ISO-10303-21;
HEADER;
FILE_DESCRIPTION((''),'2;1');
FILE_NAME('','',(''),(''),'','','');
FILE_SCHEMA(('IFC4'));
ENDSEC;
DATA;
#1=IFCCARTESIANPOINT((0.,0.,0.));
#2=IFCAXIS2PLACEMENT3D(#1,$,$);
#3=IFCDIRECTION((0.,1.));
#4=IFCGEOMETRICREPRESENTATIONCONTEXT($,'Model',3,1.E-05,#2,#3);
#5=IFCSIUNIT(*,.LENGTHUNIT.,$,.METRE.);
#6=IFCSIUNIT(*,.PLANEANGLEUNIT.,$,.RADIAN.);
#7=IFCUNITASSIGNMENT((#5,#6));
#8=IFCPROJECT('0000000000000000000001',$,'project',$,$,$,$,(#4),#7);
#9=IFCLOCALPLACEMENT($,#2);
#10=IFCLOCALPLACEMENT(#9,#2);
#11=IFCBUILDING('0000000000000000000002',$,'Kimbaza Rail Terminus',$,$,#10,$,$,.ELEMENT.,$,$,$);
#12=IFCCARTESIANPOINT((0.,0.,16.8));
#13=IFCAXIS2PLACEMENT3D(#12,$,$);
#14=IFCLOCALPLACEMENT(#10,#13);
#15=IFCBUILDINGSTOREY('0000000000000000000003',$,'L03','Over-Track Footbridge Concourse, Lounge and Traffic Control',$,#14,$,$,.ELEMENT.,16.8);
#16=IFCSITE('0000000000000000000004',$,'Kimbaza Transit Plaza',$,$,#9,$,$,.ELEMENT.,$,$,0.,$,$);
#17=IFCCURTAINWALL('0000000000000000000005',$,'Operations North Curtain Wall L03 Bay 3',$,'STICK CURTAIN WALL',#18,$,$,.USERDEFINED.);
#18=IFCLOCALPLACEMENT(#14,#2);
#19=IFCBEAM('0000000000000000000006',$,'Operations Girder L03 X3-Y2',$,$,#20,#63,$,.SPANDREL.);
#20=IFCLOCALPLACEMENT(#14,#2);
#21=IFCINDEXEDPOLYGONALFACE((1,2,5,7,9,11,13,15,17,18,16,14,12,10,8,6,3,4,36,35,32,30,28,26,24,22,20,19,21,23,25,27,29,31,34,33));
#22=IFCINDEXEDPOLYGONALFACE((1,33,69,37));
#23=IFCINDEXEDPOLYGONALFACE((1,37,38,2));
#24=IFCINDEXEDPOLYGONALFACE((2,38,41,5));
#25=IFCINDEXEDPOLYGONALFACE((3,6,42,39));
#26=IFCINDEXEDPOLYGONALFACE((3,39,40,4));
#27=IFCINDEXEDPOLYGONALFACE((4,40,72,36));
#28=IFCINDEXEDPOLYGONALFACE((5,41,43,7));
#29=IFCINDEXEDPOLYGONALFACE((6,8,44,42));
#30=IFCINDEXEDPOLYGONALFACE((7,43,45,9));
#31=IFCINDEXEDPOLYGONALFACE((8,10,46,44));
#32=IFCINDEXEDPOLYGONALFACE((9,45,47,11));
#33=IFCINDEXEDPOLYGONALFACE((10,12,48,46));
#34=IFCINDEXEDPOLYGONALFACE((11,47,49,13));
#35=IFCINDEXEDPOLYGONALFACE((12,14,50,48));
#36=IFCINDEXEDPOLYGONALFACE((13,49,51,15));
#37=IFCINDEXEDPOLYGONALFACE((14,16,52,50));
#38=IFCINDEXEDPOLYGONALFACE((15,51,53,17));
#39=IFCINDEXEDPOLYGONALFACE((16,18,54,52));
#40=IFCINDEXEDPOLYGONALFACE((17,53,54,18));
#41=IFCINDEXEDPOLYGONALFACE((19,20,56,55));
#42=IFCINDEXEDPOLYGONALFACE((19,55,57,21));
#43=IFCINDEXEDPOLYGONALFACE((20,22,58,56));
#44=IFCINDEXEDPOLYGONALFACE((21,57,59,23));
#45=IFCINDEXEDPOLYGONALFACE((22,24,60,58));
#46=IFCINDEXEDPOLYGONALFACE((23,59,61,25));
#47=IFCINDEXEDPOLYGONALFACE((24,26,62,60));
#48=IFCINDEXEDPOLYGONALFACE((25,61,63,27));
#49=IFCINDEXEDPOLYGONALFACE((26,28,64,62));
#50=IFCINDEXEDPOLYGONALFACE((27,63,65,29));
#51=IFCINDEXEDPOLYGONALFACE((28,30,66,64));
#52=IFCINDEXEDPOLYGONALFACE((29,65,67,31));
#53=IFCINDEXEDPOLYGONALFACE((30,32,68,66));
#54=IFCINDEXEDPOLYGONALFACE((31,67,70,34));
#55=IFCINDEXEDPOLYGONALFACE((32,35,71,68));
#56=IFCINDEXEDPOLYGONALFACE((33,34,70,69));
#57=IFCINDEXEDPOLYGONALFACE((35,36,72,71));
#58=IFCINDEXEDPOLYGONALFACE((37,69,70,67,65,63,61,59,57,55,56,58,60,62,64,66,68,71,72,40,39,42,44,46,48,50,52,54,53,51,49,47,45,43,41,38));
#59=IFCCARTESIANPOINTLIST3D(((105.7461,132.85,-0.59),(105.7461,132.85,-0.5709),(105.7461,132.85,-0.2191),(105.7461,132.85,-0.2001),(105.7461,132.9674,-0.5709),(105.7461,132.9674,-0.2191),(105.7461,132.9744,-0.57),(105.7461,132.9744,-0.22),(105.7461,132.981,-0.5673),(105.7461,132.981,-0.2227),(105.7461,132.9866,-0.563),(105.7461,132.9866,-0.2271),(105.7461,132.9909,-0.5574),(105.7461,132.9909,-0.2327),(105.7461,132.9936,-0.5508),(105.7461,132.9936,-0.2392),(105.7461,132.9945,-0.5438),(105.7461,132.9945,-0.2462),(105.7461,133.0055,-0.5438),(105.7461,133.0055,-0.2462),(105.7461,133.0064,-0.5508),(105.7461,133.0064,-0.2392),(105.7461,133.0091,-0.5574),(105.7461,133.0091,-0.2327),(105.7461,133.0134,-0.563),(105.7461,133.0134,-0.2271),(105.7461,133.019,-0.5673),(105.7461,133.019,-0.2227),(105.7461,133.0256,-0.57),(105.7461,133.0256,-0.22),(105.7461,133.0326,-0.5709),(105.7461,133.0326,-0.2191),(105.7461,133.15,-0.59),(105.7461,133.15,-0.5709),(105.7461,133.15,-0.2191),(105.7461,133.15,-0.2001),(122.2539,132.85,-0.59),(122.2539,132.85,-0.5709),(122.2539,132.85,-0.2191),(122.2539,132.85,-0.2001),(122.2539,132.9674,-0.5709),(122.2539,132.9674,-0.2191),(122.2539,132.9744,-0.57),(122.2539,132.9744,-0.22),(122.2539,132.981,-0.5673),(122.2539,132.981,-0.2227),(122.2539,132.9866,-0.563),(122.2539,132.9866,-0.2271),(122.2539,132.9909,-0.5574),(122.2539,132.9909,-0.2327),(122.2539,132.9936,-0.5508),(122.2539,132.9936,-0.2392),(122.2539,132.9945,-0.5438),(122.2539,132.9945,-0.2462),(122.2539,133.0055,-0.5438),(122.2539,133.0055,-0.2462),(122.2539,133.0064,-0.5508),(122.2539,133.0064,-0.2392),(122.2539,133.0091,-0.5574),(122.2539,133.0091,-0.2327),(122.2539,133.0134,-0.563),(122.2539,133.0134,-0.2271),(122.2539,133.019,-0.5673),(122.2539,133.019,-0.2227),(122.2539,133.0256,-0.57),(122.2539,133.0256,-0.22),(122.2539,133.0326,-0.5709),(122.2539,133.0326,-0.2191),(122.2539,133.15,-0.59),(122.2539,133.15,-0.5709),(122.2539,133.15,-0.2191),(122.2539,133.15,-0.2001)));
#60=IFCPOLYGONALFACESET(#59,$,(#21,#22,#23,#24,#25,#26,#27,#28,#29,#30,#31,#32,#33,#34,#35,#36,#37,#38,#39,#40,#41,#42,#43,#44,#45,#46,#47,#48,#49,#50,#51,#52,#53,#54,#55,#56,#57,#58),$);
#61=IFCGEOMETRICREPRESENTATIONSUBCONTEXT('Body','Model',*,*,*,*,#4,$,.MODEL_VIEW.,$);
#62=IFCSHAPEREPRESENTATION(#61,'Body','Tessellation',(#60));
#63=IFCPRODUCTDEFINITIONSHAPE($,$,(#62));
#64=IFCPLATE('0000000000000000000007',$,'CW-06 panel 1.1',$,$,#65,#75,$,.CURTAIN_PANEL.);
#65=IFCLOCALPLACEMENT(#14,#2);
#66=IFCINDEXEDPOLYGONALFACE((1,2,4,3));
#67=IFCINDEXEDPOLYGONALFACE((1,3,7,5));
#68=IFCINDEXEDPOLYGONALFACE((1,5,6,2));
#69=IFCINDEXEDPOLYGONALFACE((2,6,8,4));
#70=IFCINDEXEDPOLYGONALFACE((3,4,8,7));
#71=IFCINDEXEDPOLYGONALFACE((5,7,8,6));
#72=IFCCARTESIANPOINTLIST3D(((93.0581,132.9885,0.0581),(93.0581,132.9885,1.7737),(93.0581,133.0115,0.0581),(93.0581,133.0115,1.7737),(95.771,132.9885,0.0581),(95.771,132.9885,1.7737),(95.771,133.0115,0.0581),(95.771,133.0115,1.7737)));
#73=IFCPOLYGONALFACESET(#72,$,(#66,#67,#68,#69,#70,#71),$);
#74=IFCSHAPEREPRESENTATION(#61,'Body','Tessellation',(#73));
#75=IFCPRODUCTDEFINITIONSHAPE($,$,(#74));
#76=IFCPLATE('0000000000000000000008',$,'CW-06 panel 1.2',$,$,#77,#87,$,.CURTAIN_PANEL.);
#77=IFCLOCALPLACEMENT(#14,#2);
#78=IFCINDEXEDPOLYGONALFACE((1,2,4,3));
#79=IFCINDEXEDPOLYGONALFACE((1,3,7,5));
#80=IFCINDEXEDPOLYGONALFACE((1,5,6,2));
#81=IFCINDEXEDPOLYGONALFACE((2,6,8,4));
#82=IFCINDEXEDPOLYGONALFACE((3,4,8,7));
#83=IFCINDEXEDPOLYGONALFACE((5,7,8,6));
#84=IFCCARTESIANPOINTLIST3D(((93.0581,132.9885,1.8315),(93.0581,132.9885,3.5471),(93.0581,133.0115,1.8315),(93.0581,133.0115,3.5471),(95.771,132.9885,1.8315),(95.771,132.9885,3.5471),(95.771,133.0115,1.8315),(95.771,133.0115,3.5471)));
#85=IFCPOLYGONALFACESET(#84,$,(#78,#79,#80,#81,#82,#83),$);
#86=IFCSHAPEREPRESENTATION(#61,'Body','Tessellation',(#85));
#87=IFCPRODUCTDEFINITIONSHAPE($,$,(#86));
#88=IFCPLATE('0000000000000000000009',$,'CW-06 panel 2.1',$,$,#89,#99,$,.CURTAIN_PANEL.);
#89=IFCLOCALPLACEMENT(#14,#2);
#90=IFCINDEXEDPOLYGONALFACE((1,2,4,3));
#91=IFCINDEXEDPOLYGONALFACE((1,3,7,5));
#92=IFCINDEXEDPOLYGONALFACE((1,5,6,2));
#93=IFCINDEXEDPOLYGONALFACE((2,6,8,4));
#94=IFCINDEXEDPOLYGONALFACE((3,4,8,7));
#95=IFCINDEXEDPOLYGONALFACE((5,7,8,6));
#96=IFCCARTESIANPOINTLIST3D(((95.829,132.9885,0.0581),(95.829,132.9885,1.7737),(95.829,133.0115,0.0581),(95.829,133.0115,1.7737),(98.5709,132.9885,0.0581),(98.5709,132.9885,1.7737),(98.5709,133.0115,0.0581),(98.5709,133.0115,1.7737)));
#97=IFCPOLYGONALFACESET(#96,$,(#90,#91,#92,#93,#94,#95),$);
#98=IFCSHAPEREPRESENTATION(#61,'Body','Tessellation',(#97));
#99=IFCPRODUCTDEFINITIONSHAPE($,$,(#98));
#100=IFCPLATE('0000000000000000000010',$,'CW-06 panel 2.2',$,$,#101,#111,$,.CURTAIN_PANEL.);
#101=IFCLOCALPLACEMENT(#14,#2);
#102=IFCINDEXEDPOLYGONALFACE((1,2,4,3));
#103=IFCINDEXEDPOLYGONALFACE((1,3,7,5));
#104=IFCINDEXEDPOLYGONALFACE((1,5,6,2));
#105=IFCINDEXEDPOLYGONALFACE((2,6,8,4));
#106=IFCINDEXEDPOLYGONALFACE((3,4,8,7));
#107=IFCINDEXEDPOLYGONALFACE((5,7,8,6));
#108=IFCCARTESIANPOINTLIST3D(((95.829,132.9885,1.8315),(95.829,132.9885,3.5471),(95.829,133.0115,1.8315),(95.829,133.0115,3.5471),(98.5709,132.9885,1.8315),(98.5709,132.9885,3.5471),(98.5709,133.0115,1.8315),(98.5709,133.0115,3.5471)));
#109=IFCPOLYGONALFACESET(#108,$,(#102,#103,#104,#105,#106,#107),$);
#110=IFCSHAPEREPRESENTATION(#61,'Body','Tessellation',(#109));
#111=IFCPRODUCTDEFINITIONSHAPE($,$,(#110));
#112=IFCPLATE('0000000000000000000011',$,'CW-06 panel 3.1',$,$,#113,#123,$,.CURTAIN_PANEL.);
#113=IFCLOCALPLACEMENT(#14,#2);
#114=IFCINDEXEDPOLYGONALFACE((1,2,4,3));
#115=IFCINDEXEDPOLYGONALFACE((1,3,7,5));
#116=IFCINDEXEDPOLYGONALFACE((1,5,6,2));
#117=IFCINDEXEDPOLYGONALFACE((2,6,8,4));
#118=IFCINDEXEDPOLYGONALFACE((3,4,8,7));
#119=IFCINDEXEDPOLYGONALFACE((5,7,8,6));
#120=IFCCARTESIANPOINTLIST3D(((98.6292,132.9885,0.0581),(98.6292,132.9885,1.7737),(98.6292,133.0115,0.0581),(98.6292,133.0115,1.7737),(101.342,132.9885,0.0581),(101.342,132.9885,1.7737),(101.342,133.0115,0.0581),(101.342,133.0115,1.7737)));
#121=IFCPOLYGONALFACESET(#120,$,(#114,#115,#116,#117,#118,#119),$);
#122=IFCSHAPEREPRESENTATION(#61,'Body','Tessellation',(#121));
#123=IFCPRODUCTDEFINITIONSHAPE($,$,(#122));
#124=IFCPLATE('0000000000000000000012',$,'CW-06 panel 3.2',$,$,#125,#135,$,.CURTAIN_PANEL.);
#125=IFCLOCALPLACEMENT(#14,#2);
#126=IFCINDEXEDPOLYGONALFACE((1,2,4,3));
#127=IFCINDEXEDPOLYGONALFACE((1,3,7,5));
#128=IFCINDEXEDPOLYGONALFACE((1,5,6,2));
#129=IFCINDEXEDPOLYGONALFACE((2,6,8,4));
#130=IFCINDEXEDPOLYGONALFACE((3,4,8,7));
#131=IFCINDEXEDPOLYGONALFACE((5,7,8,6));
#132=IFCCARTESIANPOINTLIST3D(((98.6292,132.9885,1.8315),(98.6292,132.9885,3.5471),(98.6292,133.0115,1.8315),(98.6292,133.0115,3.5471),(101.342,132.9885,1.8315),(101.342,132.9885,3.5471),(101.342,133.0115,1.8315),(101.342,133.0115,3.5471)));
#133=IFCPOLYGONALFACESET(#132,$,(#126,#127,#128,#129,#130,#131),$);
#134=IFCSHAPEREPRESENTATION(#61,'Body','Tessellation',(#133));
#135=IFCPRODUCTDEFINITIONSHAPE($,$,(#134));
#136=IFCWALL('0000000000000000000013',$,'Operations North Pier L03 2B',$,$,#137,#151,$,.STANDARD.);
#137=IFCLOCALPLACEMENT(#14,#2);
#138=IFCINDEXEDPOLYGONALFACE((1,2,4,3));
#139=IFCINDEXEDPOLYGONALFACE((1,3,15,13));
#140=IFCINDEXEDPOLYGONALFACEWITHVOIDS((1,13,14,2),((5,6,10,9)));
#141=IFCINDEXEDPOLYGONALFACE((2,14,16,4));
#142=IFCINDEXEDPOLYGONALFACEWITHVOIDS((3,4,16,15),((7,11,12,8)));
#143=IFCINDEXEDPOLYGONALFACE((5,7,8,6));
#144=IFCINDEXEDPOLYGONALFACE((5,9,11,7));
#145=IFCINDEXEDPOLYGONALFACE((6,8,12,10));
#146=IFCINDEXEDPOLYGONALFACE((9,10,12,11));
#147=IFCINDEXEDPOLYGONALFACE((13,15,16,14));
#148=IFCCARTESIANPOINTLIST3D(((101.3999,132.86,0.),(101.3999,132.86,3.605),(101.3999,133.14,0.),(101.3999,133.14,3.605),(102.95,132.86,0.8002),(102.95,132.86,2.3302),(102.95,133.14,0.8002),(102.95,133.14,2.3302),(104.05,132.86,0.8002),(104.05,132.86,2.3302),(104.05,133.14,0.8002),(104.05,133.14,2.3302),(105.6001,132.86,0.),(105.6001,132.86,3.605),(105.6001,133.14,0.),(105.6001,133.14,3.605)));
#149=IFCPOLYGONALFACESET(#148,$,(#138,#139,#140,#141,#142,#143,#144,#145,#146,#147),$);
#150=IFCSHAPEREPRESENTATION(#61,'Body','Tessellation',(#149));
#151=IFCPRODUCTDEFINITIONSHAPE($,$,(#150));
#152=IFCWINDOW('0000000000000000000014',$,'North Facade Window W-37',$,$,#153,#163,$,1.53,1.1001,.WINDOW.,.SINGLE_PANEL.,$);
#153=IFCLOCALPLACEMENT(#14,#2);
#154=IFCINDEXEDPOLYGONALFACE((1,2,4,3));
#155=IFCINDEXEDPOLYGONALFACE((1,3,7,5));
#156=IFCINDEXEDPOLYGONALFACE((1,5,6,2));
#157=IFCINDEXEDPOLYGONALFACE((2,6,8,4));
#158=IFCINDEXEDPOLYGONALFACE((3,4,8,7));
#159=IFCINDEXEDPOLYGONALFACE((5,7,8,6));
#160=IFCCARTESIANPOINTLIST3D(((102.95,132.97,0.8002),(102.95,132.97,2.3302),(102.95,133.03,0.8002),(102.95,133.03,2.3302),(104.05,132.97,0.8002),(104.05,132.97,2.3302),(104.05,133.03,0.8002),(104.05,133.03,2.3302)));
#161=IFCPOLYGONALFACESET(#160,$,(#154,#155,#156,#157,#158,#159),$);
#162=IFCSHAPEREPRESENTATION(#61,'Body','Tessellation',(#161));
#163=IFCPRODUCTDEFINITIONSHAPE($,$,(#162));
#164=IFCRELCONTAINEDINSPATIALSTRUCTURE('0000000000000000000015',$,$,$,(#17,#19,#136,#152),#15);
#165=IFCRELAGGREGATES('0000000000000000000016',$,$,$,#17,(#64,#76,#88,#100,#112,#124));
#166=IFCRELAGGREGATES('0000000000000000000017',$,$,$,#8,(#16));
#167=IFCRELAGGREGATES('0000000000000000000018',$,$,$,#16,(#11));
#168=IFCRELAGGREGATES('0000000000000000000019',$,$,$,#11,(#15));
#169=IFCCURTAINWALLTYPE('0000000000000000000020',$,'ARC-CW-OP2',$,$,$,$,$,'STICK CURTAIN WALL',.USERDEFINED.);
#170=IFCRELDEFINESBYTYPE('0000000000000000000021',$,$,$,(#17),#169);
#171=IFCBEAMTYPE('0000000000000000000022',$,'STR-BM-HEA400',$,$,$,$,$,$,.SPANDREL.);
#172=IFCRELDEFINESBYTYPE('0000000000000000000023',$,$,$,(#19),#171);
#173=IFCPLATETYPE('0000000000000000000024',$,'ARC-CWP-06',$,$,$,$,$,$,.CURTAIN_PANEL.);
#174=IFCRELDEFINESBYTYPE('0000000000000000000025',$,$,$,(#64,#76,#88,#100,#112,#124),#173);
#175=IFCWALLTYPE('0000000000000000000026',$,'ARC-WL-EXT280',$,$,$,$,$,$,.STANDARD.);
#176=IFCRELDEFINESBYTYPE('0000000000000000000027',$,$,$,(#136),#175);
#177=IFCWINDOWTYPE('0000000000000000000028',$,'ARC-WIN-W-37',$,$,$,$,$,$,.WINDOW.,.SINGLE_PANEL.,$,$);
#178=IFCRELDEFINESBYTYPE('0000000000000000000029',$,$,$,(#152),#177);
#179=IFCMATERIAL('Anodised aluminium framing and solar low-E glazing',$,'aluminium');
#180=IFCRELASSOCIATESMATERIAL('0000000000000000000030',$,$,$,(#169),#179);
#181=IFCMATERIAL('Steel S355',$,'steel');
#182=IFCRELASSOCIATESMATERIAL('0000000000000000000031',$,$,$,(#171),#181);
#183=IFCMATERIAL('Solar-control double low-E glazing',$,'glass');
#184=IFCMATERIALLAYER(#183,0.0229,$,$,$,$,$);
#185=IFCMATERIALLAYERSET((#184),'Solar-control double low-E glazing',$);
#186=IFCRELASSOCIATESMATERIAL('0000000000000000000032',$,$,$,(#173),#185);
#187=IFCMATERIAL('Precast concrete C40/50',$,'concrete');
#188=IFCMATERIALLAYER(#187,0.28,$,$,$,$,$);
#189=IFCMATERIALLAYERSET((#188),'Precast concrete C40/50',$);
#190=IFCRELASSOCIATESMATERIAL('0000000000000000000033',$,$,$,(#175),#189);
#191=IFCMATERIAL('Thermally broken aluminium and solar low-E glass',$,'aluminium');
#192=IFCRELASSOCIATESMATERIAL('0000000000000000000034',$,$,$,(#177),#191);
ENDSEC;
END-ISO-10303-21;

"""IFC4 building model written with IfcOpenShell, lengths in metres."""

from ifc_helpers import new_model, si_unit, direction, frame, frame_2d, origin, origin_2d, place, context, subcontext, project, spatial, rectangle, i_section, extrude, material, layer, layer_set, material_profile, profile_set, type_object, element, fill, aggregate, save


model = new_model("IFC4")

# Units and contexts
model_context = context("Model", 3, precision=1e-05, world=origin(), true_north=direction((0.0, 1.0)))
body_context = subcontext(model_context, "Body", "Model", "MODEL_VIEW")
ifc_project = project(units=[si_unit("LENGTHUNIT", "METRE"), si_unit("PLANEANGLEUNIT", "RADIAN")], contexts=[model_context])

# Site, building, storey
site_placement = place(None, origin())
site = spatial("IfcSite", under=ifc_project, at=site_placement, Name="Kimbaza Transit Plaza", CompositionType="ELEMENT", RefElevation=0.0)
building_placement = place(site_placement, origin())
building = spatial("IfcBuilding", under=site, at=building_placement, Name="Kimbaza Rail Terminus", CompositionType="ELEMENT")
storey_placement = place(building_placement, frame((0.0, 0.0, 16.8)))
storey = spatial("IfcBuildingStorey", under=building, at=storey_placement, Name="L03", Description="Over-Track Footbridge Concourse, Lounge and Traffic Control", CompositionType="ELEMENT", Elevation=16.8)

# Curtain wall
ifc_material_1 = material(Name="Anodised aluminium framing and solar low-E glazing", Category="aluminium")
curtain_wall_type = type_object("IfcCurtainWallType", Name="ARC-CW-OP2", ElementType="STICK CURTAIN WALL", PredefinedType="USERDEFINED", material=ifc_material_1)
curtain_wall_placement = place(storey_placement, origin())
curtain_wall = element("IfcCurtainWall", 1, at=curtain_wall_placement, inside=storey, type_object=curtain_wall_type, Name="Operations North Curtain Wall L03 Bay 3", ObjectType="STICK CURTAIN WALL", PredefinedType="USERDEFINED")

# Beam
ifc_material_2 = material(Name="Steel S355", Category="steel")
ifc_material_profile_1 = material_profile(ifc_material_2, i_section(OverallWidth=0.3, OverallDepth=0.3899, WebThickness=0.011, FlangeThickness=0.019, FilletRadius=0.0271, at=origin_2d()), Name="HEA 400")
ifc_profile_set_1 = profile_set([ifc_material_profile_1], Name="Steel S355")
beam_type = type_object("IfcBeamType", Name="STR-BM-HEA400", PredefinedType="SPANDREL", material=ifc_profile_set_1)
beam_placement = place(storey_placement, frame((105.7461, 133.0, -0.395), z_axis=(1.0, 0.0, 0.0), x_axis=(0.0, 1.0, 0.0)))
element("IfcBeam", 2, at=beam_placement, inside=storey, type_object=beam_type, Name="Operations Girder L03 X3-Y2", PredefinedType="SPANDREL", context=body_context, shape_type="SweptSolid", body=[
    extrude(i_section(OverallWidth=0.3, OverallDepth=0.3899, WebThickness=0.011, FlangeThickness=0.019, FilletRadius=0.0271, at=origin_2d()), origin(), (0.0, 0.0, 1.0), 16.5078),
])

# Plates
ifc_material_3 = material(Name="Solar-control double low-E glazing", Category="glass")
ifc_layer_1 = layer(ifc_material_3, 0.0229)
ifc_layer_set_1 = layer_set([ifc_layer_1], Name="Solar-control double low-E glazing")
plate_type = type_object("IfcPlateType", Name="ARC-CWP-06", PredefinedType="CURTAIN_PANEL", material=ifc_layer_set_1)
plate_1_placement = place(storey_placement, frame((94.4146, 133.0, 0.0581), z_axis=(0.0, 0.0, 1.0), x_axis=(1.0, 0.0, 0.0)))
plate_1 = element("IfcPlate", 3, at=plate_1_placement, type_object=plate_type, Name="CW-06 panel 1.1", PredefinedType="CURTAIN_PANEL", context=body_context, shape_type="SweptSolid", body=[
    extrude(rectangle(XDim=2.7129, YDim=0.0229, at=origin_2d()), origin(), (0.0, 0.0, 1.0), 1.7156),
])
plate_2_placement = place(storey_placement, frame((94.4146, 133.0, 1.8315), z_axis=(0.0, 0.0, 1.0), x_axis=(1.0, 0.0, 0.0)))
plate_2 = element("IfcPlate", 4, at=plate_2_placement, type_object=plate_type, Name="CW-06 panel 1.2", PredefinedType="CURTAIN_PANEL", context=body_context, shape_type="SweptSolid", body=[
    extrude(rectangle(XDim=2.7129, YDim=0.0229, at=origin_2d()), origin(), (0.0, 0.0, 1.0), 1.7156),
])
plate_3_placement = place(storey_placement, frame((97.2, 133.0, 0.0581), z_axis=(0.0, 0.0, 1.0), x_axis=(1.0, 0.0, 0.0)))
plate_3 = element("IfcPlate", 5, at=plate_3_placement, type_object=plate_type, Name="CW-06 panel 2.1", PredefinedType="CURTAIN_PANEL", context=body_context, shape_type="SweptSolid", body=[
    extrude(rectangle(XDim=2.7419, YDim=0.0229, at=origin_2d()), origin(), (0.0, 0.0, 1.0), 1.7156),
])
plate_4_placement = place(storey_placement, frame((97.2, 133.0, 1.8315), z_axis=(0.0, 0.0, 1.0), x_axis=(1.0, 0.0, 0.0)))
plate_4 = element("IfcPlate", 6, at=plate_4_placement, type_object=plate_type, Name="CW-06 panel 2.2", PredefinedType="CURTAIN_PANEL", context=body_context, shape_type="SweptSolid", body=[
    extrude(rectangle(XDim=2.7419, YDim=0.0229, at=origin_2d()), origin(), (0.0, 0.0, 1.0), 1.7156),
])
plate_5_placement = place(storey_placement, frame((99.9856, 133.0, 0.0581), z_axis=(0.0, 0.0, 1.0), x_axis=(1.0, 0.0, 0.0)))
plate_5 = element("IfcPlate", 7, at=plate_5_placement, type_object=plate_type, Name="CW-06 panel 3.1", PredefinedType="CURTAIN_PANEL", context=body_context, shape_type="SweptSolid", body=[
    extrude(rectangle(XDim=2.7129, YDim=0.0229, at=origin_2d()), origin(), (0.0, 0.0, 1.0), 1.7156),
])
plate_6_placement = place(storey_placement, frame((99.9856, 133.0, 1.8315), z_axis=(0.0, 0.0, 1.0), x_axis=(1.0, 0.0, 0.0)))
plate_6 = element("IfcPlate", 8, at=plate_6_placement, type_object=plate_type, Name="CW-06 panel 3.2", PredefinedType="CURTAIN_PANEL", context=body_context, shape_type="SweptSolid", body=[
    extrude(rectangle(XDim=2.7129, YDim=0.0229, at=origin_2d()), origin(), (0.0, 0.0, 1.0), 1.7156),
])
aggregate(curtain_wall, [plate_1, plate_2, plate_3, plate_4, plate_5, plate_6])

# Wall, opening, window
ifc_material_4 = material(Name="Precast concrete C40/50", Category="concrete")
ifc_layer_2 = layer(ifc_material_4, 0.28)
ifc_layer_set_2 = layer_set([ifc_layer_2], Name="Precast concrete C40/50")
wall_type_1 = type_object("IfcWallType", Name="ARC-WL-EXT280", PredefinedType="STANDARD", material=ifc_layer_set_2)
wall_1_placement = place(storey_placement, frame((101.3999, 133.0, 0.0), z_axis=(0.0, 0.0, 1.0), x_axis=(1.0, 0.0, 0.0)))
wall_1 = element("IfcWall", 9, at=wall_1_placement, inside=storey, type_object=wall_type_1, Name="Operations North Pier L03 2B", PredefinedType="STANDARD", context=body_context, shape_type="SweptSolid", body=[
    extrude(rectangle(XDim=4.2002, YDim=0.28, at=frame_2d((2.1001, 0.0))), origin(), (0.0, 0.0, 1.0), 3.605),
])
opening_1_placement = place(wall_1_placement, frame((1.55, 0.0, 0.8)))
opening_1 = element("IfcOpeningElement", 10, at=opening_1_placement, cuts=wall_1, PredefinedType="OPENING", context=body_context, shape_type="SweptSolid", body=[
    extrude(rectangle(XDim=1.1001, YDim=1.53, at=frame_2d((0.55, 0.7651))), frame((0.0, 0.1499, 0.0), z_axis=(0.0, -1.0, 0.0), x_axis=(1.0, 0.0, 0.0)), (0.0, 0.0, 1.0), 0.3),
])
ifc_material_5 = material(Name="Thermally broken aluminium and solar low-E glass", Category="aluminium")
window_type_1 = type_object("IfcWindowType", Name="ARC-WIN-W-37", PartitioningType="SINGLE_PANEL", PredefinedType="WINDOW", material=ifc_material_5)
window_1_placement = place(opening_1_placement, origin())
window_1 = element("IfcWindow", 11, at=window_1_placement, inside=storey, type_object=window_type_1, Name="North Facade Window W-37", OverallHeight=1.53, OverallWidth=1.1001, PartitioningType="SINGLE_PANEL", PredefinedType="WINDOW", context=body_context, shape_type="SweptSolid", body=[
    extrude(rectangle(XDim=1.1001, YDim=1.53, at=frame_2d((0.55, 0.7651))), frame((0.0, 0.03, 0.0), z_axis=(0.0, -1.0, 0.0), x_axis=(1.0, 0.0, 0.0)), (0.0, 0.0, 1.0), 0.0601),
])
fill(opening_1, window_1)

save(model, "model.ifc")
